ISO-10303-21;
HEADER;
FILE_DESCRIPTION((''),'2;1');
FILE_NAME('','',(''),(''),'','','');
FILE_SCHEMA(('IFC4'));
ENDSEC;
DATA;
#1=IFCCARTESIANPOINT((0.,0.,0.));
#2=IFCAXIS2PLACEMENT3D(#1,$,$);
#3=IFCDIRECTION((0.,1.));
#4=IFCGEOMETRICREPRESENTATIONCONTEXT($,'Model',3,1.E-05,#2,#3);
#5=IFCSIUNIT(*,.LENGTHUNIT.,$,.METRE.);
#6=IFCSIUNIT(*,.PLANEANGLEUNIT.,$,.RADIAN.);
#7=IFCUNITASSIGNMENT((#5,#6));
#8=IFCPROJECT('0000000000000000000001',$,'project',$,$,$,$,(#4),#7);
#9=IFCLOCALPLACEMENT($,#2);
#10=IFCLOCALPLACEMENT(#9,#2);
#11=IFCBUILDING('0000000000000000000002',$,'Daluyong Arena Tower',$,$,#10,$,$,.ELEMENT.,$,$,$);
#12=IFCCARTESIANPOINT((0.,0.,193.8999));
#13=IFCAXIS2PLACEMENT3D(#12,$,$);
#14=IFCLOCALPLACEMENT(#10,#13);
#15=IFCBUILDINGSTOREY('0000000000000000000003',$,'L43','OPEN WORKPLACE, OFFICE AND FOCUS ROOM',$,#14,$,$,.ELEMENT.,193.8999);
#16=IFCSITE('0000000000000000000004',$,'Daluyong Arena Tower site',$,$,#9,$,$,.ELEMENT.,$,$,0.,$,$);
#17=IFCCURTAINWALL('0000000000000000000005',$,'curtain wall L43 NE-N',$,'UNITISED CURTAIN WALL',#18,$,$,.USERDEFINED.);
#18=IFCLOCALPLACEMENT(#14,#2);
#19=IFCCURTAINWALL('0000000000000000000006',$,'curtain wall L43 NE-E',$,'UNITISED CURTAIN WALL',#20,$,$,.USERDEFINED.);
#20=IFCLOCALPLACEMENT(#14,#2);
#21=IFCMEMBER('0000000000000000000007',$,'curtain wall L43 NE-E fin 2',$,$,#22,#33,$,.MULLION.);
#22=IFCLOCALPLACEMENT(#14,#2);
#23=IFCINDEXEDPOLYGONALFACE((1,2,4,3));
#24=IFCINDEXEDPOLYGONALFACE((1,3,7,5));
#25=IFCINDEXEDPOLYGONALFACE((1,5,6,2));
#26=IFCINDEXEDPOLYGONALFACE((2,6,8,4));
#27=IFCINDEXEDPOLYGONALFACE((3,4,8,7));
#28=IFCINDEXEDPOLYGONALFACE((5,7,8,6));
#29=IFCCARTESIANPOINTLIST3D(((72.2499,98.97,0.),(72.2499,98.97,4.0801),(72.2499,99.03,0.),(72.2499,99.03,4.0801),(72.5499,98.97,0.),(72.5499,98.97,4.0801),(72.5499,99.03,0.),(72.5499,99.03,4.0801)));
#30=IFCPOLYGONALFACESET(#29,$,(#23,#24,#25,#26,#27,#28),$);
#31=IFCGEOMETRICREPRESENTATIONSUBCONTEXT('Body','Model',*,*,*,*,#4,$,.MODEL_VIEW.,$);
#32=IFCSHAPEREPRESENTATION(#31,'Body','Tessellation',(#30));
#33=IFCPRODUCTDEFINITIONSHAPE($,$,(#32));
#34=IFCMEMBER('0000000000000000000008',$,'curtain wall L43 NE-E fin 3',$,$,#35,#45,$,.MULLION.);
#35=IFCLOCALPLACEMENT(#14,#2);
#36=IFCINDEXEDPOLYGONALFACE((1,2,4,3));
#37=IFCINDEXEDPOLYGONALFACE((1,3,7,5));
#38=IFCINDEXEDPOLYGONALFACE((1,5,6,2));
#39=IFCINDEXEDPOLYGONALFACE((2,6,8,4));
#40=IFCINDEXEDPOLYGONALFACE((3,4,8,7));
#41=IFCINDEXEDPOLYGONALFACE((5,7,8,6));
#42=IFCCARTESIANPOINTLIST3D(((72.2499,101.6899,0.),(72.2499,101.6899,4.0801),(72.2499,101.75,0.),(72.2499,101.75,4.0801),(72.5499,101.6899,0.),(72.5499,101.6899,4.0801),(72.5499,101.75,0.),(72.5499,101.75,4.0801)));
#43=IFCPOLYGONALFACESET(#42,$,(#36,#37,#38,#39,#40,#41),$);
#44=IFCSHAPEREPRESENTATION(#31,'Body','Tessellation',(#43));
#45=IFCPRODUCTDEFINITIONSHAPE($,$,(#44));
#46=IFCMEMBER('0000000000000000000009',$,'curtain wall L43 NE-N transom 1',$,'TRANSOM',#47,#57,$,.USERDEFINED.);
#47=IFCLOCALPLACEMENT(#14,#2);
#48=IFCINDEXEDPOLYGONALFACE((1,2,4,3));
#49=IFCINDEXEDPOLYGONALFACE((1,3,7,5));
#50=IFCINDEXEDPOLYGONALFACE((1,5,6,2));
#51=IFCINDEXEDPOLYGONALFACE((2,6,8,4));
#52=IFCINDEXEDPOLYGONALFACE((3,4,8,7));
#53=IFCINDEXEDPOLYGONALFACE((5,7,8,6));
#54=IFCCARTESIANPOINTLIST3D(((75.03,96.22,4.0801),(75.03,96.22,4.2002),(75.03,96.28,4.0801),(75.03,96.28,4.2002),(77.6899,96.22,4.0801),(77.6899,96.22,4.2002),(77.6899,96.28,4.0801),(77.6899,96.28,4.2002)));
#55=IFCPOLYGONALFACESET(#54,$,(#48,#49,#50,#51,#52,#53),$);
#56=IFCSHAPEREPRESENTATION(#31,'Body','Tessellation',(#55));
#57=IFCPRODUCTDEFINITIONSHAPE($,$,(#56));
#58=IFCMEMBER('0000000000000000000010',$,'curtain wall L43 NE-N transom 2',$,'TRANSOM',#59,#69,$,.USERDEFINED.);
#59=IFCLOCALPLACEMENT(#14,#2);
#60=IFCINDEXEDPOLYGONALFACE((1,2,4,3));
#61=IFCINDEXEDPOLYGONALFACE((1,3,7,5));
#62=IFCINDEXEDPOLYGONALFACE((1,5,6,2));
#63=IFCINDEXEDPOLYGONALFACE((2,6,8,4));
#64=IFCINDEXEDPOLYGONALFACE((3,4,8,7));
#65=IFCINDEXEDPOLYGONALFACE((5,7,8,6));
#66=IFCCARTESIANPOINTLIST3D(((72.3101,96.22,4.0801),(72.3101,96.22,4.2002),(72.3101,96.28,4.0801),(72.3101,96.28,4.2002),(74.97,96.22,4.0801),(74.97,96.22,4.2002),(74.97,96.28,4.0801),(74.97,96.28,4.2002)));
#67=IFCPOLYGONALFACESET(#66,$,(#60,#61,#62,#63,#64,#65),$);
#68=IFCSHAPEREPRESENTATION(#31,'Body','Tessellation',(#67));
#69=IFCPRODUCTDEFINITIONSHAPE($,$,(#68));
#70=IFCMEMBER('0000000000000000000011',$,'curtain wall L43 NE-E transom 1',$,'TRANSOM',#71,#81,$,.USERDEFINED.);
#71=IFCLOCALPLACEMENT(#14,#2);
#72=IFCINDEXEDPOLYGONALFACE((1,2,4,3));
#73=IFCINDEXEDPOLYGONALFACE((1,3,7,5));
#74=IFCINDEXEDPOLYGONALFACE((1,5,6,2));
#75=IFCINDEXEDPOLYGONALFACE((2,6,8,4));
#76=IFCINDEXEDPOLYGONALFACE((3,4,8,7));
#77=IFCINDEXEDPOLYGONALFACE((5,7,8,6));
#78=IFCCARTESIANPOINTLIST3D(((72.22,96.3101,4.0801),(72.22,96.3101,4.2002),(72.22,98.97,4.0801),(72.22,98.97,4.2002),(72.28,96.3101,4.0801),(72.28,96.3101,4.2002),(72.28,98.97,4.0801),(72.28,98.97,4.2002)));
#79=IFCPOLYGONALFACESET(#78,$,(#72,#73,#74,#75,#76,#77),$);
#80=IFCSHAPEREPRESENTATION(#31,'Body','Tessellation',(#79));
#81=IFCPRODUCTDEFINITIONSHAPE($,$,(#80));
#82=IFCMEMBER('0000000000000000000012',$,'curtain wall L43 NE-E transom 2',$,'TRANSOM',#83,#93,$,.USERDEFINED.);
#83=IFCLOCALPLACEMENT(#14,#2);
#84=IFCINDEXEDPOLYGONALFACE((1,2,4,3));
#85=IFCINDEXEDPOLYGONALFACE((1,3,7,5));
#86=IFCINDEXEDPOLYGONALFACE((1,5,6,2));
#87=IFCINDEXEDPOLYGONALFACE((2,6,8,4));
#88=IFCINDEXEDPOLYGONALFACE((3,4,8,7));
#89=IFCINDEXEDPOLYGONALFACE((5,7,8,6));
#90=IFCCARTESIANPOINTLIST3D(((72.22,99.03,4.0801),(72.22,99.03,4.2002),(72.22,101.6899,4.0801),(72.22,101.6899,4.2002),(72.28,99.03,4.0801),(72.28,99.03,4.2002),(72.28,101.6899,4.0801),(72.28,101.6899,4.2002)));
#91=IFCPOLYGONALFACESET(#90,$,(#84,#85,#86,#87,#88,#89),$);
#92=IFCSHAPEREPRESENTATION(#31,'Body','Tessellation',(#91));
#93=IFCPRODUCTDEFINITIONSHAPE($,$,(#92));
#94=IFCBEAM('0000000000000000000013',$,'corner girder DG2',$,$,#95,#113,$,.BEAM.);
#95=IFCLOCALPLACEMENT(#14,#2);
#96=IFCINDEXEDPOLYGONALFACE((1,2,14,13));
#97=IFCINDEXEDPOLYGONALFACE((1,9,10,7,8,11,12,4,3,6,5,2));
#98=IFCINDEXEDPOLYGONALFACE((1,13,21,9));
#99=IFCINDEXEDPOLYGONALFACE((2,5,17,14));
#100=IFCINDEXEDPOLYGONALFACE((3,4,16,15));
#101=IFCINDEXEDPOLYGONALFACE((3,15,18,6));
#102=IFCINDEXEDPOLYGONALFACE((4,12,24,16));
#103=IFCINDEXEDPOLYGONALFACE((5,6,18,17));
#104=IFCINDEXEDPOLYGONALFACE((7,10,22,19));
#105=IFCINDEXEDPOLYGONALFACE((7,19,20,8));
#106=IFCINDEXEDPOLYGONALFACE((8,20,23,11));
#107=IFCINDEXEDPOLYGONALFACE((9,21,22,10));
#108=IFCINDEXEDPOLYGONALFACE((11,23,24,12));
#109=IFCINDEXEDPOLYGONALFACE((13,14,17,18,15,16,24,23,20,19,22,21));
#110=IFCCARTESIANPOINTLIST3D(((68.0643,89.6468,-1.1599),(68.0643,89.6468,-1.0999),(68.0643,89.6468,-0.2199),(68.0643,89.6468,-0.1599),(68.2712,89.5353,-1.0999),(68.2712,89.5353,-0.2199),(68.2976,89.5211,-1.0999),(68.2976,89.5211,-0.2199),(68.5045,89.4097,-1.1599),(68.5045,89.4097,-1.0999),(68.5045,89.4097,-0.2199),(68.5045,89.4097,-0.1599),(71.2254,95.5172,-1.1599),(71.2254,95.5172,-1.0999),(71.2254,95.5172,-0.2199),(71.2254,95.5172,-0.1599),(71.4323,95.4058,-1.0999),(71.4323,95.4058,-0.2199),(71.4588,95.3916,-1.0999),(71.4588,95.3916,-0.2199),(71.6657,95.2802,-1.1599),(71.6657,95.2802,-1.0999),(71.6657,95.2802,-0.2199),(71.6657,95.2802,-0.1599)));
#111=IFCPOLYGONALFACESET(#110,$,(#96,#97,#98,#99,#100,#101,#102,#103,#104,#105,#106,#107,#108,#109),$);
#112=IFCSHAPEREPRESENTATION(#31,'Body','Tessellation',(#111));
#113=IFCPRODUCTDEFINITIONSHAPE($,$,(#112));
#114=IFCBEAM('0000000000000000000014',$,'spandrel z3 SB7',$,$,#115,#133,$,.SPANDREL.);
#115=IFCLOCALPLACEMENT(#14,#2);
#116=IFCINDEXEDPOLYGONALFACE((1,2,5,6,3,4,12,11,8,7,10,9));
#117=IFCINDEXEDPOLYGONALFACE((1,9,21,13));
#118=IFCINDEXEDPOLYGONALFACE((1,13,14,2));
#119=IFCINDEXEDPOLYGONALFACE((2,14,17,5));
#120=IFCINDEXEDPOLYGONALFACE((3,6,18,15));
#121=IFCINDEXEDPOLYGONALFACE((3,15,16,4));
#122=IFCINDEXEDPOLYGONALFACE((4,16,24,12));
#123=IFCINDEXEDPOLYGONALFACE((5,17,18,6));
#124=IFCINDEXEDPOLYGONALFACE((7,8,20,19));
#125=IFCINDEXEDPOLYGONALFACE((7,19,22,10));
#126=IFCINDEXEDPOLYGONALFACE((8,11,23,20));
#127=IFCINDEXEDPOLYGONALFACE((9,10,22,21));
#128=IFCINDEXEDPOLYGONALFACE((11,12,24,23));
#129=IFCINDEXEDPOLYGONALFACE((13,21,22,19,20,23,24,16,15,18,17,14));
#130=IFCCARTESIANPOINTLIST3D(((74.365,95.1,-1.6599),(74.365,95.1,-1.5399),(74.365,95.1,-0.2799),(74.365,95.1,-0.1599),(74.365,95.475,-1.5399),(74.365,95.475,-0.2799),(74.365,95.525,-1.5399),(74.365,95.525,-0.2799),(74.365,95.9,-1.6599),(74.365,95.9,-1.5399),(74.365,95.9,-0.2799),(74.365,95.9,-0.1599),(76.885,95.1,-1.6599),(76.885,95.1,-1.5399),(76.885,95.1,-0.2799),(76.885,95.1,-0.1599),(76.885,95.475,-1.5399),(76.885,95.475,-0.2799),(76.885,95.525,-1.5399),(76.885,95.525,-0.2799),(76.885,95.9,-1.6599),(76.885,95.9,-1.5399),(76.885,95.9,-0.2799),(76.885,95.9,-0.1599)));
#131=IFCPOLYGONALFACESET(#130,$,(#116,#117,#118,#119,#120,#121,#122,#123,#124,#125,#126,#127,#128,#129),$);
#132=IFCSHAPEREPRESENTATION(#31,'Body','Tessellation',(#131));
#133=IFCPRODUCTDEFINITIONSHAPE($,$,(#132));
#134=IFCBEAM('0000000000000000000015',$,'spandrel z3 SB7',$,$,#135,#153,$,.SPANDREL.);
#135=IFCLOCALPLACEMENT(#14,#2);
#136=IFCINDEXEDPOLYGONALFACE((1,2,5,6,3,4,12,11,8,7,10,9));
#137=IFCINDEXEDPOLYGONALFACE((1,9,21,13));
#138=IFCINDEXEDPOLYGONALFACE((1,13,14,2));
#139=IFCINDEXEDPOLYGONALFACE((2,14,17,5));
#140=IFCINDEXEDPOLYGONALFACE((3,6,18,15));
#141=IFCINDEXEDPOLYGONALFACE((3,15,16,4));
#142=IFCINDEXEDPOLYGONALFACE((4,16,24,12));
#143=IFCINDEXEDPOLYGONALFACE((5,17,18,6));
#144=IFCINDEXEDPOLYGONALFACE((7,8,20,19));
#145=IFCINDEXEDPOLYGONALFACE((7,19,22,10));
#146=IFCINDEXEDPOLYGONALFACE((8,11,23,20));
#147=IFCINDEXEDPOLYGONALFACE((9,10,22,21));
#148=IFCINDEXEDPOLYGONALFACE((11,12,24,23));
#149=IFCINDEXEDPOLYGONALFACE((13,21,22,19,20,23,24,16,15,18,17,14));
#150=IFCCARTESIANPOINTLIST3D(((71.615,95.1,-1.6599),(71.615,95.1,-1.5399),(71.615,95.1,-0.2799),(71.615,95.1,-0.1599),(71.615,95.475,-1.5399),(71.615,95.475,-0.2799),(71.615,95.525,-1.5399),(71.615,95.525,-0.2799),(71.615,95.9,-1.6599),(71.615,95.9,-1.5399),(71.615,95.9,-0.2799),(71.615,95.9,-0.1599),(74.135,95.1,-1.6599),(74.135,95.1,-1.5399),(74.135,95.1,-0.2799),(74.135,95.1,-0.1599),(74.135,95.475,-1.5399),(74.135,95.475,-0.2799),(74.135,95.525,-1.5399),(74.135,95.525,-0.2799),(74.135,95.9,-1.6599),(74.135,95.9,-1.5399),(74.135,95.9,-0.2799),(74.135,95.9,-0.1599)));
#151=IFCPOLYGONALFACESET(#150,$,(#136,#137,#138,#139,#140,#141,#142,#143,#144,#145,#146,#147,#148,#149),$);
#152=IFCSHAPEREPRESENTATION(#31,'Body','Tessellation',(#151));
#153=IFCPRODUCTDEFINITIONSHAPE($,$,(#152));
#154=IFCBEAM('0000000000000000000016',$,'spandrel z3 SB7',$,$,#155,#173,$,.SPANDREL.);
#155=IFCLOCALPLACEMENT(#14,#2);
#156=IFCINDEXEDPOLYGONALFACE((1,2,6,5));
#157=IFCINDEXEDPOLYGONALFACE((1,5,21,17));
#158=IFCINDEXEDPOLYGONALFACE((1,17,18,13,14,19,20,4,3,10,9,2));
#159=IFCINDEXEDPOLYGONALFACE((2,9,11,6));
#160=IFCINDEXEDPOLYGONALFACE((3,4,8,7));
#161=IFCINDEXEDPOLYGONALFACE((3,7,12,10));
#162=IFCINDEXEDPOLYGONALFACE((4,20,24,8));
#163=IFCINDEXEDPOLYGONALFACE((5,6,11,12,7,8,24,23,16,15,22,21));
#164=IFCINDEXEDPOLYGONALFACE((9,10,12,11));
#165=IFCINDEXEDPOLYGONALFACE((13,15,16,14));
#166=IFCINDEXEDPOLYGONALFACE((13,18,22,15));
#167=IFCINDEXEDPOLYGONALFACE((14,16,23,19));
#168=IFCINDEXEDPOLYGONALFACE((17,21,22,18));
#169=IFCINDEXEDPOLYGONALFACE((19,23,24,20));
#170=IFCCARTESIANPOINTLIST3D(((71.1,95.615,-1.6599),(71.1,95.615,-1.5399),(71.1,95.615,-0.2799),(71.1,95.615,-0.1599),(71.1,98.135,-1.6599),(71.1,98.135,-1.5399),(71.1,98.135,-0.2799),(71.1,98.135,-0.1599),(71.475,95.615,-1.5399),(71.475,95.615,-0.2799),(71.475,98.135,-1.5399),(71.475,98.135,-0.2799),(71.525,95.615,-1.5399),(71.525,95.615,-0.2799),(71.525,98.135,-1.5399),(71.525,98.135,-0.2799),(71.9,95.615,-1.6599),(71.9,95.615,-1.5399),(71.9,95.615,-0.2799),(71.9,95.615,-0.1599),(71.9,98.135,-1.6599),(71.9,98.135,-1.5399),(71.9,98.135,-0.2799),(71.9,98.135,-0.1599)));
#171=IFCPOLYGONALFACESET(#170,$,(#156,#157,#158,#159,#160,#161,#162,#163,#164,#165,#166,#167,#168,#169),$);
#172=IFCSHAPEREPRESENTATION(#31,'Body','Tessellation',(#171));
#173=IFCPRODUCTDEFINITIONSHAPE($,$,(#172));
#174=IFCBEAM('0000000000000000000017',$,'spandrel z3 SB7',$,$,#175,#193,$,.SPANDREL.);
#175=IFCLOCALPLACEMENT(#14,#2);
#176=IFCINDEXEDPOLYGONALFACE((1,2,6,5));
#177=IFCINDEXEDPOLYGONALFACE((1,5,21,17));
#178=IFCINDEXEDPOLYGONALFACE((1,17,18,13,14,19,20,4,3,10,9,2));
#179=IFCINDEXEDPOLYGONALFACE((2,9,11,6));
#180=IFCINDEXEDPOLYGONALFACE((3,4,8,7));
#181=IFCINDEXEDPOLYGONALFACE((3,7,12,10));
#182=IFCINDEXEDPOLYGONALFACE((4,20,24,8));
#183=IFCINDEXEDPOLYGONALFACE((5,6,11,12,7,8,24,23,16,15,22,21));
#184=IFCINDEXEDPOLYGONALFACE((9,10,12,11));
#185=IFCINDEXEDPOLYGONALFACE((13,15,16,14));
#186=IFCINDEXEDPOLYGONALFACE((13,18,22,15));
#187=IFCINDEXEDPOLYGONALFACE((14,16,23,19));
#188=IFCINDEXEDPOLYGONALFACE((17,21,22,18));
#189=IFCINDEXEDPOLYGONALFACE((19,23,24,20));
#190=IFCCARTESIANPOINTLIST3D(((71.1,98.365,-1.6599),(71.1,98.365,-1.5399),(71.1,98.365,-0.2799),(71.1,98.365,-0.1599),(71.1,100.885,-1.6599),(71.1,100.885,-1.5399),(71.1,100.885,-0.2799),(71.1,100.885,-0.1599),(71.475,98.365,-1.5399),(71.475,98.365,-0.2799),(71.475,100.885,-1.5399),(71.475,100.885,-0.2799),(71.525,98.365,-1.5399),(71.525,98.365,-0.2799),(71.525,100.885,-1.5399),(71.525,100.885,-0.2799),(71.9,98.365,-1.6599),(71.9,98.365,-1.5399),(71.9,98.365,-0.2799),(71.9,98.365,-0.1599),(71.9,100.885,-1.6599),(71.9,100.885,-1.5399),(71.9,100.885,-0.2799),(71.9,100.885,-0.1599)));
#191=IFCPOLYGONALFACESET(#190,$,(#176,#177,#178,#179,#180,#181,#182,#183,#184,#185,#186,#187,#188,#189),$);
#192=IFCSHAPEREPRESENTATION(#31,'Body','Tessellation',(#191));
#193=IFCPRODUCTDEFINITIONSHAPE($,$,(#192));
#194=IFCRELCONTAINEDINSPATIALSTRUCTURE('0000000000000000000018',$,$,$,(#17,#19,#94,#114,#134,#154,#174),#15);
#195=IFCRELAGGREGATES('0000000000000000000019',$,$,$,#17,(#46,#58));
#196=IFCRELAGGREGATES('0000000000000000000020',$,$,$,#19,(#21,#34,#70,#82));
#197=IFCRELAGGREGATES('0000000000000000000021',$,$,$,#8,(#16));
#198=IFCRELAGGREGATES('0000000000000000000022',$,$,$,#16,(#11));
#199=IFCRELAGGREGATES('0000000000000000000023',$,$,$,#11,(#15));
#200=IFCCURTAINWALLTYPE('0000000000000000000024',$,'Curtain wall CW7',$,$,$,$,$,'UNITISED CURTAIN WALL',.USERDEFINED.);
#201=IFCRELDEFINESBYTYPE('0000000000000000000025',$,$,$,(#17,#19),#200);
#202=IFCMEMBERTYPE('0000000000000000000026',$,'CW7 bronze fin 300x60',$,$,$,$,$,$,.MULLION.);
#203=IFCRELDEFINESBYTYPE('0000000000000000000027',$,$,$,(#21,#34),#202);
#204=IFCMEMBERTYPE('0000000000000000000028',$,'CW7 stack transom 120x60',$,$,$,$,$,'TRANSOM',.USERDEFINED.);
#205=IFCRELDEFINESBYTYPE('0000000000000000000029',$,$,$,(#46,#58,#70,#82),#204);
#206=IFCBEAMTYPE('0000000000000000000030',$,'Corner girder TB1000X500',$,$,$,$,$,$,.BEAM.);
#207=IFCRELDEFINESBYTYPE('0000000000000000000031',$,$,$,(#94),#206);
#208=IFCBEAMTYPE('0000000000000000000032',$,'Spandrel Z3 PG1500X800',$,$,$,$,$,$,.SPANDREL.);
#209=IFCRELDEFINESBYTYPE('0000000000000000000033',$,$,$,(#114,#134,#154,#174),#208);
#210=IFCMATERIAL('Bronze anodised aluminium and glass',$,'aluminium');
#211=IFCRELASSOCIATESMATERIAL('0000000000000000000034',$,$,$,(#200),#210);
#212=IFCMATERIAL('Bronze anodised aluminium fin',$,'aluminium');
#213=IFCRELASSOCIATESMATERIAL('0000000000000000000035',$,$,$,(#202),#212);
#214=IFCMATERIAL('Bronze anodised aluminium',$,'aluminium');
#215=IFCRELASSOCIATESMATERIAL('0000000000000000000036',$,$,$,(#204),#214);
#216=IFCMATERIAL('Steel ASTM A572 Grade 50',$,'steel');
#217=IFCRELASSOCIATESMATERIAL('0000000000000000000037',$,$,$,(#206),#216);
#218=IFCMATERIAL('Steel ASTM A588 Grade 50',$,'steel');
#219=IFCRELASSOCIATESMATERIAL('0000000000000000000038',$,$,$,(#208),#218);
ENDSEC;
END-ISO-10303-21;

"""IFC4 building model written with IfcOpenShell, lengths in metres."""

from ifc_helpers import new_model, si_unit, direction, frame, origin, origin_2d, place, context, subcontext, project, spatial, rectangle, i_section, extrude, material, material_profile, profile_set, type_object, element, aggregate, save


model = new_model("IFC4")

# Units and contexts
model_context = context("Model", 3, precision=1e-05, world=origin(), true_north=direction((0.0, 1.0)))
body_context = subcontext(model_context, "Body", "Model", "MODEL_VIEW")
ifc_project = project(units=[si_unit("LENGTHUNIT", "METRE"), si_unit("PLANEANGLEUNIT", "RADIAN")], contexts=[model_context])

# Site, building, storey
site_placement = place(None, origin())
site = spatial("IfcSite", under=ifc_project, at=site_placement, Name="Daluyong Arena Tower site", CompositionType="ELEMENT", RefElevation=0.0)
building_placement = place(site_placement, origin())
building = spatial("IfcBuilding", under=site, at=building_placement, Name="Daluyong Arena Tower", CompositionType="ELEMENT")
storey_placement = place(building_placement, frame((0.0, 0.0, 193.8999)))
storey = spatial("IfcBuildingStorey", under=building, at=storey_placement, Name="L43", Description="OPEN WORKPLACE, OFFICE AND FOCUS ROOM", CompositionType="ELEMENT", Elevation=193.8999)

# Curtain walls, members
ifc_material_1 = material(Name="Bronze anodised aluminium and glass", Category="aluminium")
curtain_wall_type_1 = type_object("IfcCurtainWallType", Name="Curtain wall CW7", ElementType="UNITISED CURTAIN WALL", PredefinedType="USERDEFINED", material=ifc_material_1)
curtain_wall_1_placement = place(storey_placement, origin())
curtain_wall_1 = element("IfcCurtainWall", 1, at=curtain_wall_1_placement, inside=storey, type_object=curtain_wall_type_1, Name="curtain wall L43 NE-N", ObjectType="UNITISED CURTAIN WALL", PredefinedType="USERDEFINED")
ifc_material_2 = material(Name="Bronze anodised aluminium fin", Category="aluminium")
ifc_material_profile_1 = material_profile(ifc_material_2, rectangle(XDim=0.3, YDim=0.0601, at=origin_2d()))
ifc_profile_set_1 = profile_set([ifc_material_profile_1], Name="Bronze anodised aluminium fin")
member_type_1 = type_object("IfcMemberType", Name="CW7 bronze fin 300x60", PredefinedType="MULLION", material=ifc_profile_set_1)
curtain_wall_2_placement = place(storey_placement, origin())
curtain_wall_2 = element("IfcCurtainWall", 2, at=curtain_wall_2_placement, inside=storey, type_object=curtain_wall_type_1, Name="curtain wall L43 NE-E", ObjectType="UNITISED CURTAIN WALL", PredefinedType="USERDEFINED")
member_1_placement = place(storey_placement, frame((72.3999, 99.0, 0.0), z_axis=(0.0, 0.0, 1.0), x_axis=(-1.0, 0.0, 0.0)))
member_1 = element("IfcMember", 3, at=member_1_placement, type_object=member_type_1, Name="curtain wall L43 NE-E fin 2", PredefinedType="MULLION", context=body_context, shape_type="SweptSolid", body=[
    extrude(rectangle(XDim=0.3, YDim=0.0601, at=origin_2d()), origin(), (0.0, 0.0, 1.0), 4.0801),
])
member_2_placement = place(storey_placement, frame((72.3999, 101.72, 0.0), z_axis=(0.0, 0.0, 1.0), x_axis=(-1.0, 0.0, 0.0)))
member_2 = element("IfcMember", 4, at=member_2_placement, type_object=member_type_1, Name="curtain wall L43 NE-E fin 3", PredefinedType="MULLION", context=body_context, shape_type="SweptSolid", body=[
    extrude(rectangle(XDim=0.3, YDim=0.0601, at=origin_2d()), origin(), (0.0, 0.0, 1.0), 4.0801),
])

# Members
ifc_material_3 = material(Name="Bronze anodised aluminium", Category="aluminium")
ifc_material_profile_2 = material_profile(ifc_material_3, rectangle(XDim=0.0601, YDim=0.1201, at=origin_2d()))
ifc_profile_set_2 = profile_set([ifc_material_profile_2], Name="Bronze anodised aluminium")
member_type_2 = type_object("IfcMemberType", Name="CW7 stack transom 120x60", ElementType="TRANSOM", PredefinedType="USERDEFINED", material=ifc_profile_set_2)
member_3_placement = place(storey_placement, frame((77.6899, 96.25, 4.1401), z_axis=(-1.0, 0.0, 0.0), x_axis=(0.0, -1.0, 0.0)))
member_3 = element("IfcMember", 5, at=member_3_placement, type_object=member_type_2, Name="curtain wall L43 NE-N transom 1", ObjectType="TRANSOM", PredefinedType="USERDEFINED", context=body_context, shape_type="SweptSolid", body=[
    extrude(rectangle(XDim=0.0601, YDim=0.1201, at=origin_2d()), origin(), (0.0, 0.0, 1.0), 2.6599),
])
member_4_placement = place(storey_placement, frame((74.97, 96.25, 4.1401), z_axis=(-1.0, 0.0, 0.0), x_axis=(0.0, -1.0, 0.0)))
member_4 = element("IfcMember", 6, at=member_4_placement, type_object=member_type_2, Name="curtain wall L43 NE-N transom 2", ObjectType="TRANSOM", PredefinedType="USERDEFINED", context=body_context, shape_type="SweptSolid", body=[
    extrude(rectangle(XDim=0.0601, YDim=0.1201, at=origin_2d()), origin(), (0.0, 0.0, 1.0), 2.6599),
])
member_5_placement = place(storey_placement, frame((72.25, 96.3101, 4.1401), z_axis=(0.0, 1.0, 0.0), x_axis=(-1.0, 0.0, 0.0)))
member_5 = element("IfcMember", 7, at=member_5_placement, type_object=member_type_2, Name="curtain wall L43 NE-E transom 1", ObjectType="TRANSOM", PredefinedType="USERDEFINED", context=body_context, shape_type="SweptSolid", body=[
    extrude(rectangle(XDim=0.0601, YDim=0.1201, at=origin_2d()), origin(), (0.0, 0.0, 1.0), 2.6599),
])
member_6_placement = place(storey_placement, frame((72.25, 99.03, 4.1401), z_axis=(0.0, 1.0, 0.0), x_axis=(-1.0, 0.0, 0.0)))
member_6 = element("IfcMember", 8, at=member_6_placement, type_object=member_type_2, Name="curtain wall L43 NE-E transom 2", ObjectType="TRANSOM", PredefinedType="USERDEFINED", context=body_context, shape_type="SweptSolid", body=[
    extrude(rectangle(XDim=0.0601, YDim=0.1201, at=origin_2d()), origin(), (0.0, 0.0, 1.0), 2.6599),
])

# Beams
ifc_material_4 = material(Name="Steel ASTM A572 Grade 50", Category="steel")
ifc_material_profile_3 = material_profile(ifc_material_4, i_section(OverallWidth=0.5, OverallDepth=1.0, WebThickness=0.03, FlangeThickness=0.06, at=origin_2d()))
ifc_profile_set_3 = profile_set([ifc_material_profile_3], Name="Steel ASTM A572 Grade 50")
beam_type_1 = type_object("IfcBeamType", Name="Corner girder TB1000X500", PredefinedType="BEAM", material=ifc_profile_set_3)
beam_1_placement = place(storey_placement, frame((71.4456, 95.3987, -0.6599), z_axis=(-0.474119, -0.880461, 0.0), x_axis=(0.880461, -0.474119, 0.0)))
element("IfcBeam", 9, at=beam_1_placement, inside=storey, type_object=beam_type_1, Name="corner girder DG2", PredefinedType="BEAM", context=body_context, shape_type="SweptSolid", body=[
    extrude(i_section(OverallWidth=0.5, OverallDepth=1.0, WebThickness=0.03, FlangeThickness=0.06, at=origin_2d()), origin(), (0.0, 0.0, 1.0), 6.6675),
])
ifc_material_5 = material(Name="Steel ASTM A588 Grade 50", Category="steel")
ifc_material_profile_4 = material_profile(ifc_material_5, i_section(OverallWidth=0.8, OverallDepth=1.5, WebThickness=0.05, FlangeThickness=0.12, at=origin_2d()))
ifc_profile_set_4 = profile_set([ifc_material_profile_4], Name="Steel ASTM A588 Grade 50")
beam_type_2 = type_object("IfcBeamType", Name="Spandrel Z3 PG1500X800", PredefinedType="SPANDREL", material=ifc_profile_set_4)
for number, where, z_axis, x_axis, name in (
    (10, (76.885, 95.5, -0.9099), (-1.0, 0.0, 0.0), (0.0, -1.0, 0.0), "spandrel z3 SB7"),
    (11, (74.135, 95.5, -0.9099), (-1.0, 0.0, 0.0), (0.0, -1.0, 0.0), "spandrel z3 SB7"),
    (12, (71.5, 95.615, -0.9099), (0.0, 1.0, 0.0), (-1.0, 0.0, 0.0), "spandrel z3 SB7"),
    (13, (71.5, 98.365, -0.9099), (0.0, 1.0, 0.0), (-1.0, 0.0, 0.0), "spandrel z3 SB7"),
):
    element("IfcBeam", number, at=place(storey_placement, frame(where, z_axis=z_axis, x_axis=x_axis)), inside=storey, type_object=beam_type_2, Name=name, PredefinedType="SPANDREL", context=body_context, shape_type="SweptSolid", body=[
        extrude(i_section(OverallWidth=0.8, OverallDepth=1.5, WebThickness=0.05, FlangeThickness=0.12, at=origin_2d()), origin(), (0.0, 0.0, 1.0), 2.52),
    ])

aggregate(curtain_wall_1, [member_3, member_4])
aggregate(curtain_wall_2, [member_1, member_2, member_5, member_6])

save(model, "model.ifc")
